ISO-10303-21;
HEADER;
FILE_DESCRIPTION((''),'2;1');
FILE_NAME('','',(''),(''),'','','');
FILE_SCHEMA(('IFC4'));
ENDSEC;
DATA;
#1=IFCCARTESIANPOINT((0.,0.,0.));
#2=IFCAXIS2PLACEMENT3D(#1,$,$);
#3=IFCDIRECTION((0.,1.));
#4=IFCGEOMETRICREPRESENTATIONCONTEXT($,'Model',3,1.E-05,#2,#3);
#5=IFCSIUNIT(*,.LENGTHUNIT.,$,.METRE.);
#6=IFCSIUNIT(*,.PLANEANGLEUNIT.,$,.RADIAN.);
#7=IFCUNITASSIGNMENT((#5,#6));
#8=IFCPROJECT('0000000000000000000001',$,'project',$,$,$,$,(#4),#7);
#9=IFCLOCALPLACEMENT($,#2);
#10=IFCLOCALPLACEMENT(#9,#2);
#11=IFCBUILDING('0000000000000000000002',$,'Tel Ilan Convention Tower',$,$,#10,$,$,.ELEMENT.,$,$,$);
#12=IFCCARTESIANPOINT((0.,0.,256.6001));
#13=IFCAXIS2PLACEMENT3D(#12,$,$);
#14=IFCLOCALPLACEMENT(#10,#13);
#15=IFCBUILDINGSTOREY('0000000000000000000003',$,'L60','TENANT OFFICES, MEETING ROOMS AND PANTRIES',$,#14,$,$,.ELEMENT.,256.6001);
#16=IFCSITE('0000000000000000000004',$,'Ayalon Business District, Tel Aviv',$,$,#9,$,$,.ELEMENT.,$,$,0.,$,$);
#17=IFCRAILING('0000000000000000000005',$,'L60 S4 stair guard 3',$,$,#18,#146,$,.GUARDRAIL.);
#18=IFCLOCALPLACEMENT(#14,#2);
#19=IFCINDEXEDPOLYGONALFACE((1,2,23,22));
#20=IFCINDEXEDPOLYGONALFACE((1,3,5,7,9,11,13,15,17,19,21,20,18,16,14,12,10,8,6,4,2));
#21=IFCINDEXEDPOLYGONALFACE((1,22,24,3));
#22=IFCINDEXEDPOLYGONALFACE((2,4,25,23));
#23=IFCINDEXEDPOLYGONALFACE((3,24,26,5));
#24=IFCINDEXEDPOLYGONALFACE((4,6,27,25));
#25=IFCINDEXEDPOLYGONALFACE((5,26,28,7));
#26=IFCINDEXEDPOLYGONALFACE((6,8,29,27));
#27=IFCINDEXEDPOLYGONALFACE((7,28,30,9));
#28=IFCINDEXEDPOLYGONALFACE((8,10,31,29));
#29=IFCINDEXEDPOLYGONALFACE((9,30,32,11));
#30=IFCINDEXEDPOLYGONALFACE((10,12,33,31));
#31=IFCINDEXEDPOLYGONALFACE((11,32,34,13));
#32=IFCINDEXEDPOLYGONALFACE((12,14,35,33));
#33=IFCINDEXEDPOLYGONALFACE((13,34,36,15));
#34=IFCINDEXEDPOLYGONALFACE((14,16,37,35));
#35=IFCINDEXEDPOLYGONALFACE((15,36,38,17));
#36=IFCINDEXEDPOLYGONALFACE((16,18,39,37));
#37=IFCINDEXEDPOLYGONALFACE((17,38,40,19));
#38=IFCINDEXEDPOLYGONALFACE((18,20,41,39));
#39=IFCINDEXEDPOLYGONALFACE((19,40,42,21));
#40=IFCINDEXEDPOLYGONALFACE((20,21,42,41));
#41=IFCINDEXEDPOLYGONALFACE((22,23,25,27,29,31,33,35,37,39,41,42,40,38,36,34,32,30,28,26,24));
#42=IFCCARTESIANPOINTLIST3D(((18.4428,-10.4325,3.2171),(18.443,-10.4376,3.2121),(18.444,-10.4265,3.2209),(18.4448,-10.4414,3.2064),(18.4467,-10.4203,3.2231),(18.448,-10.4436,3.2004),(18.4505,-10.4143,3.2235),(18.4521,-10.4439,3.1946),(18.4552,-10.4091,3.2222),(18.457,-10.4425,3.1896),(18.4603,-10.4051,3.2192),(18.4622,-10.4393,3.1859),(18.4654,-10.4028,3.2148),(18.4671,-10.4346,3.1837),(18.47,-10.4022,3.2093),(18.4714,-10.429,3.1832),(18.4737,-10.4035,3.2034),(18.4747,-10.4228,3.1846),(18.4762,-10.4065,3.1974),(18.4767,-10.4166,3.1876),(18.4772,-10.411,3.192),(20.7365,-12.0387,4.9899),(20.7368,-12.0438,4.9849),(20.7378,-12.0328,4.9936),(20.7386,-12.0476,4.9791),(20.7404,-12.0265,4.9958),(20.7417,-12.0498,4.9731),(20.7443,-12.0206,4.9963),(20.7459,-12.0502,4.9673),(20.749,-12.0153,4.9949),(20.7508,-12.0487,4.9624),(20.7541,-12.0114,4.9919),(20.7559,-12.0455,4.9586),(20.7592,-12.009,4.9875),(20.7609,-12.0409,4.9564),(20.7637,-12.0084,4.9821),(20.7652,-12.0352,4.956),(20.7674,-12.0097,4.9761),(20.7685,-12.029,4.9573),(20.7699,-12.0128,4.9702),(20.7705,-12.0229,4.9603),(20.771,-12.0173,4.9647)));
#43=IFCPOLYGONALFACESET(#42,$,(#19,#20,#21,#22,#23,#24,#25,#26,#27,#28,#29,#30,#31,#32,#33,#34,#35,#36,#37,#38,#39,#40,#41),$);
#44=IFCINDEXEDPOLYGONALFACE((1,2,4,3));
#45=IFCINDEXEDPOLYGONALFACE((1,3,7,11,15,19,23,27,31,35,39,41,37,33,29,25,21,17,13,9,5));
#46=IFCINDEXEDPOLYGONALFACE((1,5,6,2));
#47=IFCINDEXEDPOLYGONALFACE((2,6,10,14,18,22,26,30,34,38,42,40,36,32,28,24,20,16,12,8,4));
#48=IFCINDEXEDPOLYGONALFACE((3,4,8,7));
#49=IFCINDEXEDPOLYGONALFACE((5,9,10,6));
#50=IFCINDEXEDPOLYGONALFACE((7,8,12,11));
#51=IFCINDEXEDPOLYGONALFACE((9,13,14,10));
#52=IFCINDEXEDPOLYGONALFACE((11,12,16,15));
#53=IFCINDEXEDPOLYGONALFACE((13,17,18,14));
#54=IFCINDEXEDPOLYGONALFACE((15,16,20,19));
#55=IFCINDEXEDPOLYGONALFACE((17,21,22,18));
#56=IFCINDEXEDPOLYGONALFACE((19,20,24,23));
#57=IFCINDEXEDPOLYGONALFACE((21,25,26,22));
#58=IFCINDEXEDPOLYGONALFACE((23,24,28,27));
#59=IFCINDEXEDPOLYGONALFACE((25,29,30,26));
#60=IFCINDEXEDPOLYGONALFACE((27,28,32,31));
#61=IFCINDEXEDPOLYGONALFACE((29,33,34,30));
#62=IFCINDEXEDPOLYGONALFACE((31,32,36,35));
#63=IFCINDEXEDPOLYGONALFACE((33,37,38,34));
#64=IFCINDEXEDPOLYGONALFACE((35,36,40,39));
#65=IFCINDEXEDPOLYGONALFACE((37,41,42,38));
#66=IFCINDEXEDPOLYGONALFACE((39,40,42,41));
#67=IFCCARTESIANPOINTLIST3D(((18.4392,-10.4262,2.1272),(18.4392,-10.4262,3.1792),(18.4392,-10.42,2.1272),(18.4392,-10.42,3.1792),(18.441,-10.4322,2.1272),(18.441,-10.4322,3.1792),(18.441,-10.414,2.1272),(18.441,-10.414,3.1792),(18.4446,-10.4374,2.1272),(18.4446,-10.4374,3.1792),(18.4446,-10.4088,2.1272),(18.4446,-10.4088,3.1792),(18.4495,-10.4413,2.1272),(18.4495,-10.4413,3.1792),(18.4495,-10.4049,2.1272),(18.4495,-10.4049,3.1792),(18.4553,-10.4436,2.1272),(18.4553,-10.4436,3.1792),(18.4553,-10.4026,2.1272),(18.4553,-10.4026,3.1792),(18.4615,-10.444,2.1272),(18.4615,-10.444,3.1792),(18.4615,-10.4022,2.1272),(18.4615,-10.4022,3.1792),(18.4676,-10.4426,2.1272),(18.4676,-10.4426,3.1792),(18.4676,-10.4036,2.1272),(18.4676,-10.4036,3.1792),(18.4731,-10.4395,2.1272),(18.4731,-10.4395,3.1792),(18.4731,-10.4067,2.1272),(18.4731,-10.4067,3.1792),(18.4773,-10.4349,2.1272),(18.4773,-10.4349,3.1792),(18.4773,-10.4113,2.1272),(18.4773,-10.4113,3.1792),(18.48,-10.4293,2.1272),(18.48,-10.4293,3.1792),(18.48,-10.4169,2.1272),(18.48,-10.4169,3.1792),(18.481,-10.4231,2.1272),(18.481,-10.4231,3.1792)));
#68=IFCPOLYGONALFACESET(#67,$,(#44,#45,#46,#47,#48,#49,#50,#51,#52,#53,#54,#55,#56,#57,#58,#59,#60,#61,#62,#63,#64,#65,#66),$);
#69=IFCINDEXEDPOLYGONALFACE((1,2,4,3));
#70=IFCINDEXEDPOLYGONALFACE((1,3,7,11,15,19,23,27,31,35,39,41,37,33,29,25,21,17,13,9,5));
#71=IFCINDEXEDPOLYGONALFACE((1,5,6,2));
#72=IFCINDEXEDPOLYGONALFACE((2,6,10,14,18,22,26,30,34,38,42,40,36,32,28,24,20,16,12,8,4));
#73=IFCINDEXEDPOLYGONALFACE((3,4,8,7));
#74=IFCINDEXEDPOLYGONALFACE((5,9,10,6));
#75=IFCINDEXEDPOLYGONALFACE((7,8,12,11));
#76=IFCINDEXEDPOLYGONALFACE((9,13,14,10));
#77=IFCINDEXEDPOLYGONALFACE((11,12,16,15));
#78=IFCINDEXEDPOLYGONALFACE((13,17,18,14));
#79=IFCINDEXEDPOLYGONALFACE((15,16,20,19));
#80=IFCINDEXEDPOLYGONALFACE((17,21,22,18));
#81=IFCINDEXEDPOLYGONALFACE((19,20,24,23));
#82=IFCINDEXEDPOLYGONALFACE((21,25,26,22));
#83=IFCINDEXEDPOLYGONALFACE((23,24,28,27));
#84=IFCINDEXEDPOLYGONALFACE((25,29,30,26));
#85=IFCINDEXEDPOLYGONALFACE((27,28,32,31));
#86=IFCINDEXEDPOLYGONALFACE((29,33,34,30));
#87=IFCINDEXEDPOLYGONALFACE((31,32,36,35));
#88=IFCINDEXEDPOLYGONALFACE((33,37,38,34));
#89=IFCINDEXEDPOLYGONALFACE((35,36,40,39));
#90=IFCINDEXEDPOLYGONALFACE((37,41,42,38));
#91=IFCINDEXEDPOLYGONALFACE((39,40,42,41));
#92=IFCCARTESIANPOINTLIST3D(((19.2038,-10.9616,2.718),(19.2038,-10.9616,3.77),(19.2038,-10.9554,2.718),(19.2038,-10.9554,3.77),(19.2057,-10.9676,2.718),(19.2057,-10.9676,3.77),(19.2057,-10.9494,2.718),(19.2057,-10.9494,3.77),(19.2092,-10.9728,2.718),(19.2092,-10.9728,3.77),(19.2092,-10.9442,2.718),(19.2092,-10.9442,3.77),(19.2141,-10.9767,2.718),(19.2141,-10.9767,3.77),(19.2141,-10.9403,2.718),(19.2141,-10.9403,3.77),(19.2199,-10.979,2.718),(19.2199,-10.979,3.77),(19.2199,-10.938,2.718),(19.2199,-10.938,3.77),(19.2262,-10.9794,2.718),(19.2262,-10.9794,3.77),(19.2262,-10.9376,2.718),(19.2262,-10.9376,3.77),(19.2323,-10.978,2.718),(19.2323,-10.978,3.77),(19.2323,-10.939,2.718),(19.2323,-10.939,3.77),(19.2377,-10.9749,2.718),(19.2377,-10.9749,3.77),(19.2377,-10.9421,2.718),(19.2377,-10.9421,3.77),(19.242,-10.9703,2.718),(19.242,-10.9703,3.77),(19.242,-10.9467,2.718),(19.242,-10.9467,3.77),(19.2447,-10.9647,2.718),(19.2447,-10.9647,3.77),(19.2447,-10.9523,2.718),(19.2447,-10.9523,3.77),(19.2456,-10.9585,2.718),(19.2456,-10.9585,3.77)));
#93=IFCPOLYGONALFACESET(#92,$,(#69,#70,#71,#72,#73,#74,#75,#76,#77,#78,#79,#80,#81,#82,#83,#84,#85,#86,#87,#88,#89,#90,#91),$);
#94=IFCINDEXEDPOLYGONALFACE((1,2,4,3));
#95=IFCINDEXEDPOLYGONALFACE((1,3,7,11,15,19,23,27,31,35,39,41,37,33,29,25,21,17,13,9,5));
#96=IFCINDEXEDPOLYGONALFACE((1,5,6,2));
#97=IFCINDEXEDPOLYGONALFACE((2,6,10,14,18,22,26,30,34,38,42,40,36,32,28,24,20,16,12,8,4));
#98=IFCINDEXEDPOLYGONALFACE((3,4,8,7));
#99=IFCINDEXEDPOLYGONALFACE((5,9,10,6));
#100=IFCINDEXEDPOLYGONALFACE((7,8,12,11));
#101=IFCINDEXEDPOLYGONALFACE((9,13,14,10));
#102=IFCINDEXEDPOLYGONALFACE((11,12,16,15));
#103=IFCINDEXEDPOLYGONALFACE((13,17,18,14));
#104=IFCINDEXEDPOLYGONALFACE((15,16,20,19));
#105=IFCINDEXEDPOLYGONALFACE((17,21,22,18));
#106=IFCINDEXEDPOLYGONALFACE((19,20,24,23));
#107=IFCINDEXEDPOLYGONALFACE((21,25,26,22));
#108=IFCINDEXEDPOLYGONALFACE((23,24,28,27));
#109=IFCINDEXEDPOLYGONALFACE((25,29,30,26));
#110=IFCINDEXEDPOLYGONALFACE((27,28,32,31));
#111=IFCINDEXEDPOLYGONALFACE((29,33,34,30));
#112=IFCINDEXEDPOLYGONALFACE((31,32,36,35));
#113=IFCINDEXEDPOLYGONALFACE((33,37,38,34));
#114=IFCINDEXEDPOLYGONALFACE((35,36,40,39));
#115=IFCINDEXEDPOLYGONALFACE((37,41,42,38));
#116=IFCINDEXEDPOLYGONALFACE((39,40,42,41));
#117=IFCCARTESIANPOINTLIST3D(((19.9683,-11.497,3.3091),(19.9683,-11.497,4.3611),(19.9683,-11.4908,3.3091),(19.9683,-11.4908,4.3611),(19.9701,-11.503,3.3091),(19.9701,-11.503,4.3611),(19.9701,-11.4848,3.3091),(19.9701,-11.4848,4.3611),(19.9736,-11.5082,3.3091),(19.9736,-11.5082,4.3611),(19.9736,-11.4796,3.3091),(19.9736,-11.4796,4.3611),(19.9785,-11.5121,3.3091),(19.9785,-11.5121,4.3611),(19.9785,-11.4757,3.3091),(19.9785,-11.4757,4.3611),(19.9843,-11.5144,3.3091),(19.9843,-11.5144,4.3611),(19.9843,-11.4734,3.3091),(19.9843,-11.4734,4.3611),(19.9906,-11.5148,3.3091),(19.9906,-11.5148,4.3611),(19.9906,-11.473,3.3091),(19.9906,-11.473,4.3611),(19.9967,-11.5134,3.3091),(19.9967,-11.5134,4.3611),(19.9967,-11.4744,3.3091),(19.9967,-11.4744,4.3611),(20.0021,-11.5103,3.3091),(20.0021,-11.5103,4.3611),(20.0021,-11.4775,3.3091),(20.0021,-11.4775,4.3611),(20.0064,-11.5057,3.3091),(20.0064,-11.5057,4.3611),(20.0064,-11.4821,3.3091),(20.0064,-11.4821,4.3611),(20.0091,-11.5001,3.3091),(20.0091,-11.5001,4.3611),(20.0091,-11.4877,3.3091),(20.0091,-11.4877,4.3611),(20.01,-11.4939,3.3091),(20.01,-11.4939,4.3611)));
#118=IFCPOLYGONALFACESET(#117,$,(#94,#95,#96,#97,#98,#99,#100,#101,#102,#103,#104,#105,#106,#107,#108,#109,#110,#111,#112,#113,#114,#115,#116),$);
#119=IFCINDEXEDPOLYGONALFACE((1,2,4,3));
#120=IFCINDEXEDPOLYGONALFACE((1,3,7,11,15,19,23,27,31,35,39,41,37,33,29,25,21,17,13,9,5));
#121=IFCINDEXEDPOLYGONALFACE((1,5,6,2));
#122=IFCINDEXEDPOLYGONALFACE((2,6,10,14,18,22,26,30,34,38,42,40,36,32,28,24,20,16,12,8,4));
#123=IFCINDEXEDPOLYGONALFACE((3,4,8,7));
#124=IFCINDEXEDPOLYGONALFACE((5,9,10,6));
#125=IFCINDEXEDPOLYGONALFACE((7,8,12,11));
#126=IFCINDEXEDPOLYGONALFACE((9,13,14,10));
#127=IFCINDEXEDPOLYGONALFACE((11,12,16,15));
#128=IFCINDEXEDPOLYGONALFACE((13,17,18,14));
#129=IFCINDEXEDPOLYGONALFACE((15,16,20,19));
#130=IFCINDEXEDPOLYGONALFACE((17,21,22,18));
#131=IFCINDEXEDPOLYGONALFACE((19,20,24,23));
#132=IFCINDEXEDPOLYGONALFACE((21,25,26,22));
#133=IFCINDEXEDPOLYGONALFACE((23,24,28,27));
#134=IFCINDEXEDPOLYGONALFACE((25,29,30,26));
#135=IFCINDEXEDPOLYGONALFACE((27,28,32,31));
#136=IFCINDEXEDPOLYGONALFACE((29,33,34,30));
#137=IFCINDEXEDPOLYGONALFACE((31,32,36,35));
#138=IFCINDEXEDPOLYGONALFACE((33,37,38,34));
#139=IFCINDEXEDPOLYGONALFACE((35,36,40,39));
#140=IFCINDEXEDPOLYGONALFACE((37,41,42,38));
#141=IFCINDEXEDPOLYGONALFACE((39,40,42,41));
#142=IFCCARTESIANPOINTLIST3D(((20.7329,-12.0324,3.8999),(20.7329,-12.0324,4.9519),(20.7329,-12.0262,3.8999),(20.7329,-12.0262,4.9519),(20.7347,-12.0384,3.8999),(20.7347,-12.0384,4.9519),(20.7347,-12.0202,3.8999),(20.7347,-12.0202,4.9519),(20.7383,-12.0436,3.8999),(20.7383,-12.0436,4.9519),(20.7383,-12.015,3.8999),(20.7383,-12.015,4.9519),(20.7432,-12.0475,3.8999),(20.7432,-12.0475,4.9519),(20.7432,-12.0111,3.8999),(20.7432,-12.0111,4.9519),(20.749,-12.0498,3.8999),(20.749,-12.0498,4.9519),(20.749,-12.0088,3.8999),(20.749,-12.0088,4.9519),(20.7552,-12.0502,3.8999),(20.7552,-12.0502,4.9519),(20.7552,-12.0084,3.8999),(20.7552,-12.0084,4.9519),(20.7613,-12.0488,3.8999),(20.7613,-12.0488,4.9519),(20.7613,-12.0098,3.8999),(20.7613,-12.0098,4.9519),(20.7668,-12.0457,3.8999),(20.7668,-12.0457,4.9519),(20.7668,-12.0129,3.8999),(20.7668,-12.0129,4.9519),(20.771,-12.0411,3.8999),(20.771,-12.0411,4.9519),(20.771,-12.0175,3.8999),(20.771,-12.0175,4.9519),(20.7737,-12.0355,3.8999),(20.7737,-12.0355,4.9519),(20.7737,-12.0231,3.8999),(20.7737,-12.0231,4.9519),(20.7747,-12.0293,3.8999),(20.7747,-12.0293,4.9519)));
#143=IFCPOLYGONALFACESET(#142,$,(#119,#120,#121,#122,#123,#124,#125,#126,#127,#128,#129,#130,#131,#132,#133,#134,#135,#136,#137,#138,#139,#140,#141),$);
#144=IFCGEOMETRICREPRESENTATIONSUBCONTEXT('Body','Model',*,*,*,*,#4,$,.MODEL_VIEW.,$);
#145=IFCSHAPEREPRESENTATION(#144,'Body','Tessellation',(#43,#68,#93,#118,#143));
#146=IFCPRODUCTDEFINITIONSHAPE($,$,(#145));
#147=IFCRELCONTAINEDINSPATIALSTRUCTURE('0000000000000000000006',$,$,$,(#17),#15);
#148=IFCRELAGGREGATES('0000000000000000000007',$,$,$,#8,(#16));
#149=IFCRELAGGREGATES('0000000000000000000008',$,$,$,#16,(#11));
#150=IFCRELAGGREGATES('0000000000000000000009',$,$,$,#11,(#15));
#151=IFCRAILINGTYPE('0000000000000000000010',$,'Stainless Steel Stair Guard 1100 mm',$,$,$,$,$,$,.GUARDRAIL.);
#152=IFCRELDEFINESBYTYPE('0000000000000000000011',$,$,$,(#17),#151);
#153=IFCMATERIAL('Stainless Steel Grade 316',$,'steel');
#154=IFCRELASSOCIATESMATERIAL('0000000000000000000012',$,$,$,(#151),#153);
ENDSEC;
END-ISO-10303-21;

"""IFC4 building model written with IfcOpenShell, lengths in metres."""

from ifc_helpers import new_model, si_unit, direction, frame, origin, origin_2d, place, context, subcontext, project, spatial, circle, extrude, material, type_object, element, save


model = new_model("IFC4")

# Units and contexts
model_context = context("Model", 3, precision=1e-05, world=origin(), true_north=direction((0.0, 1.0)))
body_context = subcontext(model_context, "Body", "Model", "MODEL_VIEW")
ifc_project = project(units=[si_unit("LENGTHUNIT", "METRE"), si_unit("PLANEANGLEUNIT", "RADIAN")], contexts=[model_context])

# Site, building, storey
site_placement = place(None, origin())
site = spatial("IfcSite", under=ifc_project, at=site_placement, Name="Ayalon Business District, Tel Aviv", CompositionType="ELEMENT", RefElevation=0.0)
building_placement = place(site_placement, origin())
building = spatial("IfcBuilding", under=site, at=building_placement, Name="Tel Ilan Convention Tower", CompositionType="ELEMENT")
storey_placement = place(building_placement, frame((0.0, 0.0, 256.6001)))
storey = spatial("IfcBuildingStorey", under=building, at=storey_placement, Name="L60", Description="TENANT OFFICES, MEETING ROOMS AND PANTRIES", CompositionType="ELEMENT", Elevation=256.6001)

# Railing
ifc_material_1 = material(Name="Stainless Steel Grade 316", Category="steel")
railing_type_1 = type_object("IfcRailingType", Name="Stainless Steel Stair Guard 1100 mm", PredefinedType="GUARDRAIL", material=ifc_material_1)
railing_1_placement = place(storey_placement, frame((18.46, -10.4231, 2.1272)))
element("IfcRailing", 1, at=railing_1_placement, inside=storey, type_object=railing_type_1, Name="L60 S4 stair guard 3", PredefinedType="GUARDRAIL", context=body_context, shape_type="SweptSolid", body=[
    extrude(circle(Radius=0.0239, at=origin_2d()), frame((0.0, 0.0, 1.0762), z_axis=(0.692098, -0.484653, 0.534894), x_axis=(0.573609, 0.81913, 0.0)), (0.0, 0.0, 1.0), 3.3142),
    extrude(circle(Radius=0.021, at=origin_2d()), origin(), (0.0, 0.0, 1.0), 1.052),
    extrude(circle(Radius=0.021, at=origin_2d()), frame((0.7646, -0.5354, 0.5908)), (0.0, 0.0, 1.0), 1.052),
    extrude(circle(Radius=0.021, at=origin_2d()), frame((1.5291, -1.0708, 1.1819)), (0.0, 0.0, 1.0), 1.052),
    extrude(circle(Radius=0.021, at=origin_2d()), frame((2.2937, -1.6062, 1.7727)), (0.0, 0.0, 1.0), 1.052),
])

save(model, "model.ifc")
